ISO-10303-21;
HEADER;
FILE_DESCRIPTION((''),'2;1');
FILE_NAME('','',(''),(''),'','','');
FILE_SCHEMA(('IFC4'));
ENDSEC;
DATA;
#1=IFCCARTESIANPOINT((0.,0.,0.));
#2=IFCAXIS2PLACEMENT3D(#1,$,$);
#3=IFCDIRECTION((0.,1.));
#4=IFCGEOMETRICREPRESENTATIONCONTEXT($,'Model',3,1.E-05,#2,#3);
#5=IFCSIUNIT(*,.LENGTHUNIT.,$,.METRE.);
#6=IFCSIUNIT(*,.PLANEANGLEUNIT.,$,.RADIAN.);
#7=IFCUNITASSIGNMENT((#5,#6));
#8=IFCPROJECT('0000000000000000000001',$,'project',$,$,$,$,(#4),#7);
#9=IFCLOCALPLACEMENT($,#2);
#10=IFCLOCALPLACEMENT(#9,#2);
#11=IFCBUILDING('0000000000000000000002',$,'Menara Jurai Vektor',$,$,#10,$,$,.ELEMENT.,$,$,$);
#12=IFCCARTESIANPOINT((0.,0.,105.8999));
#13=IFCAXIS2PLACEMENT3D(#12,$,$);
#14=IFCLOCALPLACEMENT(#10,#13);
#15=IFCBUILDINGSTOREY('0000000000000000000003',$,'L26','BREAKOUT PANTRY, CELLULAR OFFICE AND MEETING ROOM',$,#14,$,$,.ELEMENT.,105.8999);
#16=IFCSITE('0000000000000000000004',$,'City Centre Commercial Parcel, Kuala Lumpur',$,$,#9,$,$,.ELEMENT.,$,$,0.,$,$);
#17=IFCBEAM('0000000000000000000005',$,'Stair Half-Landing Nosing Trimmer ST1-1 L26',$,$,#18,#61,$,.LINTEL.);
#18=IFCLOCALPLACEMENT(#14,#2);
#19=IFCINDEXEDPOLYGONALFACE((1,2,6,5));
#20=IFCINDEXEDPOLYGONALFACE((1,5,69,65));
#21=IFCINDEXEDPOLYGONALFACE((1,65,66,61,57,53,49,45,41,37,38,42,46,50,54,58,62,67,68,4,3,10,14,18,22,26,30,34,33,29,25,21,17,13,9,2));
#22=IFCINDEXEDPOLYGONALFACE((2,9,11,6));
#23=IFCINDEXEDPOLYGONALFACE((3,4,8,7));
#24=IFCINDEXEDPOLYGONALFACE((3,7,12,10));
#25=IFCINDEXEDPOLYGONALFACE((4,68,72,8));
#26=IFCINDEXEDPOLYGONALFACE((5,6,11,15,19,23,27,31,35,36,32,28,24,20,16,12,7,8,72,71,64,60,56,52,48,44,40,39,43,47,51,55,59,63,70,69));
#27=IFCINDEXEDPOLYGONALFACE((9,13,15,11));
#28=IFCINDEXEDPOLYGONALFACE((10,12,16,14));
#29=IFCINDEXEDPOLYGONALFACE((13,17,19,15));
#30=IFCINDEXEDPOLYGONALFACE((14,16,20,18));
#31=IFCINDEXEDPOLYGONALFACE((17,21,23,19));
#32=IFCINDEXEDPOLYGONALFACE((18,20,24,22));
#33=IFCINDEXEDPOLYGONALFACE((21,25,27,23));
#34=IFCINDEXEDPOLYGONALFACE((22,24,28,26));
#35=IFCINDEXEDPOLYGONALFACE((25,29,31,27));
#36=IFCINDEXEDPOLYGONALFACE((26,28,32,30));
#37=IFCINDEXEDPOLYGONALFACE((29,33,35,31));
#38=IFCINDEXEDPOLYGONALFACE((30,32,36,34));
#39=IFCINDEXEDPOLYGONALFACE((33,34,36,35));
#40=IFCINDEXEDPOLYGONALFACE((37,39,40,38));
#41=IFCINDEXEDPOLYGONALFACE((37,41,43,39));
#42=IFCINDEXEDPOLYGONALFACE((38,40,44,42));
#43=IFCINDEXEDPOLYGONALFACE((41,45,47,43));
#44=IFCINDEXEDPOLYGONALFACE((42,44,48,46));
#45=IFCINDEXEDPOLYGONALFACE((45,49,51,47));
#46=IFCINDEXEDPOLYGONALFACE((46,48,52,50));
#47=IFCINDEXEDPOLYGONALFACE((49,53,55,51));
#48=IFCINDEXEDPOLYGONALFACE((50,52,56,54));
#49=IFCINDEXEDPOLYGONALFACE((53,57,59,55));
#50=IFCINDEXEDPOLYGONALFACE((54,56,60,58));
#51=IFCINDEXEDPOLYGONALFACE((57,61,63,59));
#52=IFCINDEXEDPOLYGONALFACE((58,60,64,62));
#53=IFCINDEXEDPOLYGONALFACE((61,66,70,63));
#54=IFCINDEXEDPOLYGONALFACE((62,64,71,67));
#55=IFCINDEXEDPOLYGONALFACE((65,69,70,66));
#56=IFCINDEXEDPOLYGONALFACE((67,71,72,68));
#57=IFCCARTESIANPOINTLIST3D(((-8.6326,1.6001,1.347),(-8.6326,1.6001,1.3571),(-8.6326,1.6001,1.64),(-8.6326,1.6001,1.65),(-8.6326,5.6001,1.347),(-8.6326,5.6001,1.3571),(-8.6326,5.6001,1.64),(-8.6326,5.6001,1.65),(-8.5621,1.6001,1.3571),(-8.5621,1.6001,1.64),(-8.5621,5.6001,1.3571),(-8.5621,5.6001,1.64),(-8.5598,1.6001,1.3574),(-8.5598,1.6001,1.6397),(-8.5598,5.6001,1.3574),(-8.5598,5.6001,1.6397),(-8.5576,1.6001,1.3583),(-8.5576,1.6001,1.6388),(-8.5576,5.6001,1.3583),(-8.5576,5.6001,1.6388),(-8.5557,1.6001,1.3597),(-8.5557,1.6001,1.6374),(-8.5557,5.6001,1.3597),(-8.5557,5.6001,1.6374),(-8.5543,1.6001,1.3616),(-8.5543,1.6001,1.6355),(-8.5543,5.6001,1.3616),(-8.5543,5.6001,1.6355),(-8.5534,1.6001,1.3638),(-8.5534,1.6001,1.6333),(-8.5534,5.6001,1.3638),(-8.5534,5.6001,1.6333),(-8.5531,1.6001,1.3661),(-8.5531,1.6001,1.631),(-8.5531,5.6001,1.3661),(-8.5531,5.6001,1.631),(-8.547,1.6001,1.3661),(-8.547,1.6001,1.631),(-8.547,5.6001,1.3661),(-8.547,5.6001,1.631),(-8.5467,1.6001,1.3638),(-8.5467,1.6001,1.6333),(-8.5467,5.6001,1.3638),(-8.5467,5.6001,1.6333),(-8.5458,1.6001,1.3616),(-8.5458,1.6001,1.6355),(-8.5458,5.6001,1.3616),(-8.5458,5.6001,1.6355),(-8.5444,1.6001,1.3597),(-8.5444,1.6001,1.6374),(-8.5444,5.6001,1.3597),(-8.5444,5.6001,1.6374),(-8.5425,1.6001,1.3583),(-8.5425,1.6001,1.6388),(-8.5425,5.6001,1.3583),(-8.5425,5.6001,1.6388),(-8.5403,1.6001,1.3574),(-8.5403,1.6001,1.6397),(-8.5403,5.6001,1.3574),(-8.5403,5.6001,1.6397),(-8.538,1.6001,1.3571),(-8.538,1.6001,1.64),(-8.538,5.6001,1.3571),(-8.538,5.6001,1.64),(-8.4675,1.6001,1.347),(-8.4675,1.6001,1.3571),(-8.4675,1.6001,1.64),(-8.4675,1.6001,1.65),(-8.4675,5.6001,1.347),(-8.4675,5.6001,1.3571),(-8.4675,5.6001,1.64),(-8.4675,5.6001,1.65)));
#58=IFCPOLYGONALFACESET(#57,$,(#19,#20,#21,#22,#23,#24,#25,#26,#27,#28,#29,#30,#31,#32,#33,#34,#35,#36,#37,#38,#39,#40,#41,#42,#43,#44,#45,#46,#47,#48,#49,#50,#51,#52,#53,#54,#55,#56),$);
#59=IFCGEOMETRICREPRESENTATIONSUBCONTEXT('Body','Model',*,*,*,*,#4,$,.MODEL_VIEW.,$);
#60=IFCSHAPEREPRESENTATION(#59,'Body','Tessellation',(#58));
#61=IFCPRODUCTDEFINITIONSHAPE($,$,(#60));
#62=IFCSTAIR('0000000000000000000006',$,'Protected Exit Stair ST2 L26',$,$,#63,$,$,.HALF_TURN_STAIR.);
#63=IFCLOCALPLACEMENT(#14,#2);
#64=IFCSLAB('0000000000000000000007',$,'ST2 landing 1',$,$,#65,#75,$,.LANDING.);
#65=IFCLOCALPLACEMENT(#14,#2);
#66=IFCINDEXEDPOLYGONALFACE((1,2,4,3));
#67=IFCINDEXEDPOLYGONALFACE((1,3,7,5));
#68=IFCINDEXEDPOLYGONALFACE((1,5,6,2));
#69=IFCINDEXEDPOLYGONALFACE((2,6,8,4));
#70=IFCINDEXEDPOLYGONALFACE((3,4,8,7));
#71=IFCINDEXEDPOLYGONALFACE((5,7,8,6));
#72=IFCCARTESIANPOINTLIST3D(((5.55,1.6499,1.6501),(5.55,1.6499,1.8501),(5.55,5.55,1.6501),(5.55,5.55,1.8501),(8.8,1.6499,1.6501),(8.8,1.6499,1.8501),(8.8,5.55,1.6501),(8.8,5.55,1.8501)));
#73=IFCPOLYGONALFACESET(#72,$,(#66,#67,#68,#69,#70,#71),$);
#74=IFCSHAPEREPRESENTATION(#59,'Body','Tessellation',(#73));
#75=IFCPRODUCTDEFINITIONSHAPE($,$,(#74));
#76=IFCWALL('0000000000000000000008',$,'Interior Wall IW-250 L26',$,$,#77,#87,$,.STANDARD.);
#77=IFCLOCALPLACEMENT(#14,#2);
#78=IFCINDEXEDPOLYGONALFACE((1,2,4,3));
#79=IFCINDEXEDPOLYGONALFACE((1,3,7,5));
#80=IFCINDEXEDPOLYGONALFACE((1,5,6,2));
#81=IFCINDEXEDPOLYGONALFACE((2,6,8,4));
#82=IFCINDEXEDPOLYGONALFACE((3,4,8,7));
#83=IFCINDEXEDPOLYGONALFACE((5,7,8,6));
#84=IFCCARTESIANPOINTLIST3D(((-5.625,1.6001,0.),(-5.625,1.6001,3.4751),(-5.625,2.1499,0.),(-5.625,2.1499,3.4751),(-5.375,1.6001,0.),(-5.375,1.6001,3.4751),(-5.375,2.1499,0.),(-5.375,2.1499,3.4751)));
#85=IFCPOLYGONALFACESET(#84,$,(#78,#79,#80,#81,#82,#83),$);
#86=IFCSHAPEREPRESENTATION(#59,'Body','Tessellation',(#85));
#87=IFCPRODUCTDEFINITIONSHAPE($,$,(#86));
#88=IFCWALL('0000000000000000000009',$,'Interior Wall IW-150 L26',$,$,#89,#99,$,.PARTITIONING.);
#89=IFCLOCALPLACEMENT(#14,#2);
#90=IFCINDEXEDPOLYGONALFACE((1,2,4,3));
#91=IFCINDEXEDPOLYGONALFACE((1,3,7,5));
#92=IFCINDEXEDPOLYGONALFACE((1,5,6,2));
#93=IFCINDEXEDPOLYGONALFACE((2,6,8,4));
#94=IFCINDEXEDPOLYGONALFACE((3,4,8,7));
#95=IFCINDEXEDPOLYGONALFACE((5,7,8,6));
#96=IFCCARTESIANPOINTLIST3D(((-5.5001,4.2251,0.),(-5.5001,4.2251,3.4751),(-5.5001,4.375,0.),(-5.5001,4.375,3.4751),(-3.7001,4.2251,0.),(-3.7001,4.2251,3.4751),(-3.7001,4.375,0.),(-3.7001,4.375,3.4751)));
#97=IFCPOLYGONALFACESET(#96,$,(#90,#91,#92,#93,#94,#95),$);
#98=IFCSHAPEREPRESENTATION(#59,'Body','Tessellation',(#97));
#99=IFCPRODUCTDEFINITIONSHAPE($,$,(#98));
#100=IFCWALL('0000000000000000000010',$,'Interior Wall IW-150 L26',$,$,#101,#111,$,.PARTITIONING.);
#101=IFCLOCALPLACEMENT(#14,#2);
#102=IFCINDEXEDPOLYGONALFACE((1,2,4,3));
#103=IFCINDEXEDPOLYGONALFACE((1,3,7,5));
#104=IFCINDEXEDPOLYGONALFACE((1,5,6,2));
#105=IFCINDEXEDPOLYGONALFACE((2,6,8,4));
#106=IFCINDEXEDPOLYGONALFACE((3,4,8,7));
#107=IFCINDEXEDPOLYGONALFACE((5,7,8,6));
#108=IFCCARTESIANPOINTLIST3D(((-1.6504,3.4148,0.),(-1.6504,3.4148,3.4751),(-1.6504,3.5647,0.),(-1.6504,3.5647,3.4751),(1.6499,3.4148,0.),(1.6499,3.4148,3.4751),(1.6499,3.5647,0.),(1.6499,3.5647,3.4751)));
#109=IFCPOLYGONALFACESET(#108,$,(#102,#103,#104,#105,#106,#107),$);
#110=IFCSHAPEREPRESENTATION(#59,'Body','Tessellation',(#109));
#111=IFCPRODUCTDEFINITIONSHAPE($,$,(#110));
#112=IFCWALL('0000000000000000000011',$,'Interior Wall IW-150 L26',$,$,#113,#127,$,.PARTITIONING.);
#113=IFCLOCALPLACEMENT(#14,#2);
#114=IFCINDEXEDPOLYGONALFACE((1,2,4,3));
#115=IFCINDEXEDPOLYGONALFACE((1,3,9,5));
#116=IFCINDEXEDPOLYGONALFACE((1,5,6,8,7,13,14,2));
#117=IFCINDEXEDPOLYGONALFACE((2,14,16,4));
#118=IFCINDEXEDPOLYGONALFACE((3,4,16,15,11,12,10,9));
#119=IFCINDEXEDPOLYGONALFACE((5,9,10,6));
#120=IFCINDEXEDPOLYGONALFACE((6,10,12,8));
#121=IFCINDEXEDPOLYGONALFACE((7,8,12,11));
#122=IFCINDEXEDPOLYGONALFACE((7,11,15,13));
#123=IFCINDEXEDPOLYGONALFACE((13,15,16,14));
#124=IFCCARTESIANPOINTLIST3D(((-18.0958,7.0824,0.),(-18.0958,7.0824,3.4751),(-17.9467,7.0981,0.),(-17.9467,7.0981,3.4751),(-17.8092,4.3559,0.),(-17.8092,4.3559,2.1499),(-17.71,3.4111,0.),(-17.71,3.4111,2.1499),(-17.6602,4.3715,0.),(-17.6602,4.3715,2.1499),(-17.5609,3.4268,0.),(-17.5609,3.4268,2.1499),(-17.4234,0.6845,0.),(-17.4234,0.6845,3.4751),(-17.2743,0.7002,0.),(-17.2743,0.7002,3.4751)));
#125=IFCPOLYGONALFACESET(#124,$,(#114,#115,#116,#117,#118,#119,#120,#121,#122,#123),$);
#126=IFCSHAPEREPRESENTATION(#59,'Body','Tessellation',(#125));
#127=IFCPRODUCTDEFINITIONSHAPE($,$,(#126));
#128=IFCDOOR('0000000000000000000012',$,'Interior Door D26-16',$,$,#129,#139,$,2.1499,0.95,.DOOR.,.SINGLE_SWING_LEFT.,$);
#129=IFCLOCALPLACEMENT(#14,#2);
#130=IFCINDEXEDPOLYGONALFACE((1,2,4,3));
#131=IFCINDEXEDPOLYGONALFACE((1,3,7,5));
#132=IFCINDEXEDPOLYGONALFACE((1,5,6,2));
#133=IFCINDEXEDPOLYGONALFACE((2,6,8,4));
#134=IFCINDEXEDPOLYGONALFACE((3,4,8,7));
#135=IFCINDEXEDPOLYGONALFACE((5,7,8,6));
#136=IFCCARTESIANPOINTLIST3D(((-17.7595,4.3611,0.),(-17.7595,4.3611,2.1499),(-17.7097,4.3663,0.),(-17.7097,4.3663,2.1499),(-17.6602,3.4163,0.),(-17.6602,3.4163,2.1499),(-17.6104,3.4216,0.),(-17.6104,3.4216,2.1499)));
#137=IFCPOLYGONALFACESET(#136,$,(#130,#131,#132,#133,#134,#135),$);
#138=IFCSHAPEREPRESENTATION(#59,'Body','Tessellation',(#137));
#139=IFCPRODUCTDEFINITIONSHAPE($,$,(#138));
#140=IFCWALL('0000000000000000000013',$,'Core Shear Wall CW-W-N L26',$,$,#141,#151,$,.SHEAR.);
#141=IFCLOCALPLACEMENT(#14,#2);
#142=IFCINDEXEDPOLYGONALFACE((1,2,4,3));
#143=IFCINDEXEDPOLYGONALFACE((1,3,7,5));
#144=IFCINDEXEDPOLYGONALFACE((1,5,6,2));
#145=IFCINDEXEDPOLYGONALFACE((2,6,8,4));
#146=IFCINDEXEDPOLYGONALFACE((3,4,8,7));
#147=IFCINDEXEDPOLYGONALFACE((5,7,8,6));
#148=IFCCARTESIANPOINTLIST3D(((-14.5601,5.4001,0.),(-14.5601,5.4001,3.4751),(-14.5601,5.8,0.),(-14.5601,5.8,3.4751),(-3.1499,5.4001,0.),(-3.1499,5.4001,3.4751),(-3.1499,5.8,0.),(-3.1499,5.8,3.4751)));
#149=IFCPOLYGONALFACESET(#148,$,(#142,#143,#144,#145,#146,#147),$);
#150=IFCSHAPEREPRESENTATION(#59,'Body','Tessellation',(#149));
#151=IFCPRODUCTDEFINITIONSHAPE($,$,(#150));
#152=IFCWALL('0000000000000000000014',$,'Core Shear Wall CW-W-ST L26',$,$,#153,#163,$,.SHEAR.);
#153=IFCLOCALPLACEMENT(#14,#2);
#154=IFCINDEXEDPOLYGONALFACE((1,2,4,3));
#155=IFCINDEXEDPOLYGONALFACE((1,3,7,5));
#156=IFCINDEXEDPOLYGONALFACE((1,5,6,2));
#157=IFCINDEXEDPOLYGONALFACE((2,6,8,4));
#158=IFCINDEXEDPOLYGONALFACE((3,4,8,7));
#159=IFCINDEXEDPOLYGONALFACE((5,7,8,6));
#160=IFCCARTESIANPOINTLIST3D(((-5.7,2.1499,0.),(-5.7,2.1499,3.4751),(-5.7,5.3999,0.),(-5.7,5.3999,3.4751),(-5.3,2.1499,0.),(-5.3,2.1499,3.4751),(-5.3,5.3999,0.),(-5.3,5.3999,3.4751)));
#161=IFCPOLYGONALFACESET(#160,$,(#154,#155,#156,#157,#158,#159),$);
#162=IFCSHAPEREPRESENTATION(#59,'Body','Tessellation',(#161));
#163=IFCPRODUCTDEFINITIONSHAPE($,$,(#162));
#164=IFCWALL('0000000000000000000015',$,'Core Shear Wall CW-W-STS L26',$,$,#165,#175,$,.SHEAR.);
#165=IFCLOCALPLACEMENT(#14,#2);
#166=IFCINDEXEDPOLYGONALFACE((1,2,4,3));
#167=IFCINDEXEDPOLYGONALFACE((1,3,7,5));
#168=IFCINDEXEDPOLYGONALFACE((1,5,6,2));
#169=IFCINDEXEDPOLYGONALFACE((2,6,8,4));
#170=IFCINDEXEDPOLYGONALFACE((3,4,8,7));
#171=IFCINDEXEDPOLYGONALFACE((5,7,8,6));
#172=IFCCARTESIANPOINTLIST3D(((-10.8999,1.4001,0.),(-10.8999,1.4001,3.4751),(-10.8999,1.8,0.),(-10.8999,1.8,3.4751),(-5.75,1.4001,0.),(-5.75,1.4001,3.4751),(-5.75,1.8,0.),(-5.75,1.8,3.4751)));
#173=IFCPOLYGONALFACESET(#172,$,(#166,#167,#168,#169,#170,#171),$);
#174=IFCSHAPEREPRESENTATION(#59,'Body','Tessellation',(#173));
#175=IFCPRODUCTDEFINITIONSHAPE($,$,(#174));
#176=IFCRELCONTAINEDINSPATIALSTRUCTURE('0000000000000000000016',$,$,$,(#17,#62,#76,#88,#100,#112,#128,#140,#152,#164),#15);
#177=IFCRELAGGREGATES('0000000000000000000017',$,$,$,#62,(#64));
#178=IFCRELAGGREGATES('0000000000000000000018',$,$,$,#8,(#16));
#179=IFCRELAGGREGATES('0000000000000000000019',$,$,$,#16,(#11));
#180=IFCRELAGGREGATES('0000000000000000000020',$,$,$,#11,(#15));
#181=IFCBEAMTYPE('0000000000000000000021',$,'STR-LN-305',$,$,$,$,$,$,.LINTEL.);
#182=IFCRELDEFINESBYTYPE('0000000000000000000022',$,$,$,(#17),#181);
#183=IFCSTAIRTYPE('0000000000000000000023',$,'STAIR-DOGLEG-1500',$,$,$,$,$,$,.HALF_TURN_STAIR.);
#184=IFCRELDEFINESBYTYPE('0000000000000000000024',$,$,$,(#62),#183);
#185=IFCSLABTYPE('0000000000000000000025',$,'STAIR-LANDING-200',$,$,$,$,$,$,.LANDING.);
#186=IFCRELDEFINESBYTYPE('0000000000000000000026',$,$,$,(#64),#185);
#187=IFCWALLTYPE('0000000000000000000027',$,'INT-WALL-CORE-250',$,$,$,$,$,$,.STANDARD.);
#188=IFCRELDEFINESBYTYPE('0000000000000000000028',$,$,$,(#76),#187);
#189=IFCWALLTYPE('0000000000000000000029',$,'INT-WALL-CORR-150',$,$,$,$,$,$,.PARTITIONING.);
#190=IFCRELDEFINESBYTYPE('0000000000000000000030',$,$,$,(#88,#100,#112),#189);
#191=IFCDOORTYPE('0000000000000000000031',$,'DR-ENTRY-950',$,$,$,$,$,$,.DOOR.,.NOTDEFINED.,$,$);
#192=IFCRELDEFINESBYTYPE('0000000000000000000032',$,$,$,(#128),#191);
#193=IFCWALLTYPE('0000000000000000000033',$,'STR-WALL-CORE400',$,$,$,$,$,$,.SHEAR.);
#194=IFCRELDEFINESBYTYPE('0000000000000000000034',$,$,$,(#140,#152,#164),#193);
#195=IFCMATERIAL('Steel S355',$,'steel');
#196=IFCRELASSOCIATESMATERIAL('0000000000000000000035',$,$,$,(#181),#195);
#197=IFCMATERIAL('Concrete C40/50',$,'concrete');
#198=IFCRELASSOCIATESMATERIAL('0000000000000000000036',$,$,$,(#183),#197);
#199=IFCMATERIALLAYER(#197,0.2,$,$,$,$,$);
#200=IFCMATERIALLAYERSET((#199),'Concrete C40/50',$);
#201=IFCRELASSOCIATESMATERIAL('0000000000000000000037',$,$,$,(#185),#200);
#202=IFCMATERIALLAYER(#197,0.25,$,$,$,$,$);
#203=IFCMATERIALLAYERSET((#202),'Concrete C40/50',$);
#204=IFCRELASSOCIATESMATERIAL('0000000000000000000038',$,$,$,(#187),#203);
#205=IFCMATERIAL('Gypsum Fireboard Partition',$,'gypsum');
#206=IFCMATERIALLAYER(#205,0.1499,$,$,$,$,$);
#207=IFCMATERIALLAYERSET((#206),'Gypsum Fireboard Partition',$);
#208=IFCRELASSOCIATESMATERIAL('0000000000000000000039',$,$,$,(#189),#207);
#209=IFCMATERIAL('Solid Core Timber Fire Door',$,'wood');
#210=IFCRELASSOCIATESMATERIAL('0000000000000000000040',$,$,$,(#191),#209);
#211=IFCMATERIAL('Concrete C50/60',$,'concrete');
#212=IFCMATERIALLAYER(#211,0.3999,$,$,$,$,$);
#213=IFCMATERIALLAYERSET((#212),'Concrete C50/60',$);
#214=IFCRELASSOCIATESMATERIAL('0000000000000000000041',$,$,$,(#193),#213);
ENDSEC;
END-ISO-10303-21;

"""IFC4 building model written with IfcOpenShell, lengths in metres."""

from ifc_helpers import new_model, si_unit, direction, frame, frame_2d, origin, origin_2d, place, context, subcontext, project, spatial, polyline, rectangle, i_section, outline, extrude, material, layer, layer_set, material_profile, profile_set, type_object, element, fill, aggregate, save


model = new_model("IFC4")

# Units and contexts
model_context = context("Model", 3, precision=1e-05, world=origin(), true_north=direction((0.0, 1.0)))
body_context = subcontext(model_context, "Body", "Model", "MODEL_VIEW")
ifc_project = project(units=[si_unit("LENGTHUNIT", "METRE"), si_unit("PLANEANGLEUNIT", "RADIAN")], contexts=[model_context])

# Site, building, storey
site_placement = place(None, origin())
site = spatial("IfcSite", under=ifc_project, at=site_placement, Name="City Centre Commercial Parcel, Kuala Lumpur", CompositionType="ELEMENT", RefElevation=0.0)
building_placement = place(site_placement, origin())
building = spatial("IfcBuilding", under=site, at=building_placement, Name="Menara Jurai Vektor", CompositionType="ELEMENT")
storey_placement = place(building_placement, frame((0.0, 0.0, 105.8999)))
storey = spatial("IfcBuildingStorey", under=building, at=storey_placement, Name="L26", Description="BREAKOUT PANTRY, CELLULAR OFFICE AND MEETING ROOM", CompositionType="ELEMENT", Elevation=105.8999)

# Shared definitions
ifc_material_1 = material(Name="Concrete C50/60", Category="concrete")
ifc_material_2 = material(Name="Steel S355", Category="steel")

# Beam
ifc_material_profile_1 = material_profile(ifc_material_2, i_section(OverallWidth=0.165, OverallDepth=0.303, WebThickness=0.0061, FlangeThickness=0.01, FilletRadius=0.009, at=origin_2d()), Name="UKB 305x165x40")
ifc_profile_set_1 = profile_set([ifc_material_profile_1], Name="Steel S355")
beam_type_1 = type_object("IfcBeamType", Name="STR-LN-305", PredefinedType="LINTEL", material=ifc_profile_set_1)
beam_1_placement = place(storey_placement, frame((-8.55, 1.6001, 1.4985), z_axis=(0.0, 1.0, 0.0), x_axis=(-1.0, 0.0, 0.0)))
element("IfcBeam", 1, at=beam_1_placement, inside=storey, type_object=beam_type_1, Name="Stair Half-Landing Nosing Trimmer ST1-1 L26", PredefinedType="LINTEL", context=body_context, shape_type="SweptSolid", body=[
    extrude(i_section(OverallWidth=0.165, OverallDepth=0.303, WebThickness=0.0061, FlangeThickness=0.01, FilletRadius=0.009, at=origin_2d()), origin(), (0.0, 0.0, 1.0), 4.0),
])

# Stair, slab
ifc_material_3 = material(Name="Concrete C40/50", Category="concrete")
stair_type = type_object("IfcStairType", Name="STAIR-DOGLEG-1500", PredefinedType="HALF_TURN_STAIR", material=ifc_material_3)
stair_1_placement = place(storey_placement, origin())
stair_1 = element("IfcStair", 2, at=stair_1_placement, inside=storey, type_object=stair_type, Name="Protected Exit Stair ST2 L26", PredefinedType="HALF_TURN_STAIR")
ifc_layer_1 = layer(ifc_material_3, 0.2)
ifc_layer_set_1 = layer_set([ifc_layer_1], Name="Concrete C40/50")
slab_type = type_object("IfcSlabType", Name="STAIR-LANDING-200", PredefinedType="LANDING", material=ifc_layer_set_1)
slab_placement = place(storey_placement, frame((0.0, 0.0, 1.6501)))
slab = element("IfcSlab", 3, at=slab_placement, type_object=slab_type, Name="ST2 landing 1", PredefinedType="LANDING", context=body_context, shape_type="SweptSolid", body=[
    extrude(outline(polyline([(5.55, 1.6499), (8.8, 1.6499), (8.8, 5.55), (5.55, 5.55), (5.55, 1.6499)])), origin(), (0.0, 0.0, 1.0), 0.2),
])
aggregate(stair_1, [slab])

# Shared definitions
ifc_layer_2 = layer(ifc_material_3, 0.25)
ifc_layer_set_2 = layer_set([ifc_layer_2], Name="Concrete C40/50")
wall_type_1 = type_object("IfcWallType", Name="INT-WALL-CORE-250", PredefinedType="STANDARD", material=ifc_layer_set_2)

# Walls
wall_1_placement = place(storey_placement, frame((-5.5, 1.6001, 0.0), z_axis=(0.0, 0.0, 1.0), x_axis=(0.0, 1.0, 0.0)))
element("IfcWall", 4, at=wall_1_placement, inside=storey, type_object=wall_type_1, Name="Interior Wall IW-250 L26", PredefinedType="STANDARD", context=body_context, shape_type="SweptSolid", body=[
    extrude(rectangle(XDim=0.5498, YDim=0.25, at=frame_2d((0.2749, 0.0))), origin(), (0.0, 0.0, 1.0), 3.4751),
])
ifc_material_4 = material(Name="Gypsum Fireboard Partition", Category="gypsum")
ifc_layer_3 = layer(ifc_material_4, 0.1499)
ifc_layer_set_3 = layer_set([ifc_layer_3], Name="Gypsum Fireboard Partition")
wall_type_2 = type_object("IfcWallType", Name="INT-WALL-CORR-150", PredefinedType="PARTITIONING", material=ifc_layer_set_3)
wall_2_placement = place(storey_placement, frame((-5.5, 4.3, 0.0), z_axis=(0.0, 0.0, 1.0), x_axis=(1.0, 0.0, 0.0)))
element("IfcWall", 5, at=wall_2_placement, inside=storey, type_object=wall_type_2, Name="Interior Wall IW-150 L26", PredefinedType="PARTITIONING", context=body_context, shape_type="SweptSolid", body=[
    extrude(rectangle(XDim=1.8, YDim=0.1499, at=frame_2d((0.8999, 0.0))), origin(), (0.0, 0.0, 1.0), 3.4751),
])
wall_3_placement = place(storey_placement, frame((-1.6504, 3.4897, 0.0), z_axis=(0.0, 0.0, 1.0), x_axis=(1.0, 0.0, 0.0)))
element("IfcWall", 6, at=wall_3_placement, inside=storey, type_object=wall_type_2, Name="Interior Wall IW-150 L26", PredefinedType="PARTITIONING", context=body_context, shape_type="SweptSolid", body=[
    extrude(rectangle(XDim=3.3003, YDim=0.1499, at=frame_2d((1.6501, 0.0))), origin(), (0.0, 0.0, 1.0), 3.4751),
])

# Wall, opening, door
wall_4_placement = place(storey_placement, frame((-17.3489, 0.6924, 0.0), z_axis=(0.0, 0.0, 1.0), x_axis=(-0.104515, 0.994523, 0.0)))
wall_4 = element("IfcWall", 7, at=wall_4_placement, inside=storey, type_object=wall_type_2, Name="Interior Wall IW-150 L26", PredefinedType="PARTITIONING", context=body_context, shape_type="SweptSolid", body=[
    extrude(rectangle(XDim=6.4331, YDim=0.1499, at=frame_2d((3.2166, 0.0))), origin(), (0.0, 0.0, 1.0), 3.4751),
])
opening_1_placement = place(wall_4_placement, frame((2.7415, 0.0, 0.0)))
opening_1 = element("IfcOpeningElement", 8, at=opening_1_placement, cuts=wall_4, PredefinedType="OPENING", context=body_context, shape_type="SweptSolid", body=[
    extrude(rectangle(XDim=0.95, YDim=2.1499, at=frame_2d((0.4751, 1.075))), frame((0.0, 0.085, 0.0), z_axis=(0.0, -1.0, 0.0), x_axis=(1.0, 0.0, 0.0)), (0.0, 0.0, 1.0), 0.1699),
])
ifc_material_5 = material(Name="Solid Core Timber Fire Door", Category="wood")
door_type_1 = type_object("IfcDoorType", Name="DR-ENTRY-950", OperationType="NOTDEFINED", PredefinedType="DOOR", material=ifc_material_5)
door_1_placement = place(opening_1_placement, origin())
door_1 = element("IfcDoor", 9, at=door_1_placement, inside=storey, type_object=door_type_1, Name="Interior Door D26-16", OperationType="SINGLE_SWING_LEFT", OverallHeight=2.1499, OverallWidth=0.95, PredefinedType="DOOR", context=body_context, shape_type="SweptSolid", body=[
    extrude(rectangle(XDim=0.95, YDim=2.1499, at=frame_2d((0.4751, 1.075))), frame((0.0, 0.0249, 0.0), z_axis=(0.0, -1.0, 0.0), x_axis=(1.0, 0.0, 0.0)), (0.0, 0.0, 1.0), 0.05),
])
fill(opening_1, door_1)

# Walls
ifc_layer_4 = layer(ifc_material_1, 0.3999)
ifc_layer_set_4 = layer_set([ifc_layer_4], Name="Concrete C50/60")
wall_type_3 = type_object("IfcWallType", Name="STR-WALL-CORE400", PredefinedType="SHEAR", material=ifc_layer_set_4)
wall_5_placement = place(storey_placement, frame((-14.5601, 5.6001, 0.0), z_axis=(0.0, 0.0, 1.0), x_axis=(1.0, 0.0, 0.0)))
element("IfcWall", 10, at=wall_5_placement, inside=storey, type_object=wall_type_3, Name="Core Shear Wall CW-W-N L26", PredefinedType="SHEAR", context=body_context, shape_type="SweptSolid", body=[
    extrude(rectangle(XDim=11.4102, YDim=0.3999, at=frame_2d((5.7051, 0.0))), origin(), (0.0, 0.0, 1.0), 3.4751),
])
wall_6_placement = place(storey_placement, frame((-5.5, 2.1499, 0.0), z_axis=(0.0, 0.0, 1.0), x_axis=(0.0, 1.0, 0.0)))
element("IfcWall", 11, at=wall_6_placement, inside=storey, type_object=wall_type_3, Name="Core Shear Wall CW-W-ST L26", PredefinedType="SHEAR", context=body_context, shape_type="SweptSolid", body=[
    extrude(rectangle(XDim=3.25, YDim=0.3999, at=frame_2d((1.625, 0.0))), origin(), (0.0, 0.0, 1.0), 3.4751),
])
wall_7_placement = place(storey_placement, frame((-10.8999, 1.6001, 0.0), z_axis=(0.0, 0.0, 1.0), x_axis=(1.0, 0.0, 0.0)))
element("IfcWall", 12, at=wall_7_placement, inside=storey, type_object=wall_type_3, Name="Core Shear Wall CW-W-STS L26", PredefinedType="SHEAR", context=body_context, shape_type="SweptSolid", body=[
    extrude(rectangle(XDim=5.1499, YDim=0.3999, at=frame_2d((2.575, 0.0))), origin(), (0.0, 0.0, 1.0), 3.4751),
])

save(model, "model.ifc")
